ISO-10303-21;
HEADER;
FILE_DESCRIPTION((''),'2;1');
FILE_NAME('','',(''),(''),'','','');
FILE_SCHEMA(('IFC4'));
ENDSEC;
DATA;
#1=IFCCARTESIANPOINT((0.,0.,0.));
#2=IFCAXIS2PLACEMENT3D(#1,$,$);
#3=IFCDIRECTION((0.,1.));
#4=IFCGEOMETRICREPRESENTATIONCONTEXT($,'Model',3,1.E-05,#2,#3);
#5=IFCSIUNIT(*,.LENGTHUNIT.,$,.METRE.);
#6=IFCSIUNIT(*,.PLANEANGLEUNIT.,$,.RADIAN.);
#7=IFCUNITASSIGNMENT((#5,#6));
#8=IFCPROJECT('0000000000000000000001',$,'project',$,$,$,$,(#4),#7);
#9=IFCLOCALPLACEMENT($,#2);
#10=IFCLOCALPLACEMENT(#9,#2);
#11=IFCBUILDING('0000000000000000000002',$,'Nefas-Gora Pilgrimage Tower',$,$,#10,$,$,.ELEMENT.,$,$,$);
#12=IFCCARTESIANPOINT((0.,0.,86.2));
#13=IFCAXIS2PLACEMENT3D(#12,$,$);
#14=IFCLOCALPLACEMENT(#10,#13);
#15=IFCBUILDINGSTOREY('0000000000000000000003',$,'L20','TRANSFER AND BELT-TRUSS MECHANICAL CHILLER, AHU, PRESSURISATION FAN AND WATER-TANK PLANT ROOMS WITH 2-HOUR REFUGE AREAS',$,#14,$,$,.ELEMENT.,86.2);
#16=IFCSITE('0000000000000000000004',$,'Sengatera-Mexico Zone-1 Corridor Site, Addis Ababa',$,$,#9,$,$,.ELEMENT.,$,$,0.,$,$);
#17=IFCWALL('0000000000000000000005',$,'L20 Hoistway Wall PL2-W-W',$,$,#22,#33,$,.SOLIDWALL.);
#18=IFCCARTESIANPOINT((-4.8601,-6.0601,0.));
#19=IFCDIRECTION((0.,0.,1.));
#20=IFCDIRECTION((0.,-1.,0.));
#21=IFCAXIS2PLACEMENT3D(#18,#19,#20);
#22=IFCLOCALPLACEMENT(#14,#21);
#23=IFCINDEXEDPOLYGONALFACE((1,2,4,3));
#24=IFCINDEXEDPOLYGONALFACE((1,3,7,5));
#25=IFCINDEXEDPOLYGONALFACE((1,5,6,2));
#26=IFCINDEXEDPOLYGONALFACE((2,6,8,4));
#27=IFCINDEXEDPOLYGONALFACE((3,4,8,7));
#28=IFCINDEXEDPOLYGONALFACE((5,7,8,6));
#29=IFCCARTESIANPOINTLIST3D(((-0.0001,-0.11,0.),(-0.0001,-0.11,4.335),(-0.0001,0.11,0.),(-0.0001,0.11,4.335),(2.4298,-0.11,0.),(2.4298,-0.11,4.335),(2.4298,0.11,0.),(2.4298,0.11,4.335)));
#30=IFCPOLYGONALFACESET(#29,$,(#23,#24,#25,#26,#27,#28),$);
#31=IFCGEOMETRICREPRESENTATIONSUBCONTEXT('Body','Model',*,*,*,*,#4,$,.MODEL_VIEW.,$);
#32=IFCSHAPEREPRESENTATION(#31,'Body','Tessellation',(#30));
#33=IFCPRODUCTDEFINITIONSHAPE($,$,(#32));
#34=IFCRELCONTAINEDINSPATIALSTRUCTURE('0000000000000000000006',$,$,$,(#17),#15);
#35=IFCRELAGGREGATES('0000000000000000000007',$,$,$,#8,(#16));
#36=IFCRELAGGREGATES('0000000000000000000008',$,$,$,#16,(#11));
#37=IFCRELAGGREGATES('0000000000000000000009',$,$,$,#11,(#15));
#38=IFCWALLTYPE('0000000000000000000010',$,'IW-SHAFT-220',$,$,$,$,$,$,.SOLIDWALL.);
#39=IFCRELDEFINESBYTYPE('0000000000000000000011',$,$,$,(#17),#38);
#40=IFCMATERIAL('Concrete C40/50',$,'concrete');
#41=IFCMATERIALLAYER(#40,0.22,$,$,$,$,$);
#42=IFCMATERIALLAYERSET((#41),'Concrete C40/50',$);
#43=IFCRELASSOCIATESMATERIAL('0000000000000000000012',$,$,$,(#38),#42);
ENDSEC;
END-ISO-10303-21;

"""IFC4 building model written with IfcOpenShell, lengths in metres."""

from ifc_helpers import new_model, si_unit, direction, frame, frame_2d, origin, place, context, subcontext, project, spatial, rectangle, extrude, source, transform, mapped, material, layer, layer_set, type_object, element, save


model = new_model("IFC4")

# Units and contexts
model_context = context("Model", 3, precision=1e-05, world=origin(), true_north=direction((0.0, 1.0)))
body_context = subcontext(model_context, "Body", "Model", "MODEL_VIEW")
ifc_project = project(units=[si_unit("LENGTHUNIT", "METRE"), si_unit("PLANEANGLEUNIT", "RADIAN")], contexts=[model_context])

# Site, building, storey
site_placement = place(None, origin())
site = spatial("IfcSite", under=ifc_project, at=site_placement, Name="Sengatera-Mexico Zone-1 Corridor Site, Addis Ababa", CompositionType="ELEMENT", RefElevation=0.0)
building_placement = place(site_placement, origin())
building = spatial("IfcBuilding", under=site, at=building_placement, Name="Nefas-Gora Pilgrimage Tower", CompositionType="ELEMENT")
storey_placement = place(building_placement, frame((0.0, 0.0, 86.2)))
storey = spatial("IfcBuildingStorey", under=building, at=storey_placement, Name="L20", Description="TRANSFER AND BELT-TRUSS MECHANICAL CHILLER, AHU, PRESSURISATION FAN AND WATER-TANK PLANT ROOMS WITH 2-HOUR REFUGE AREAS", CompositionType="ELEMENT", Elevation=86.2)

# Wall
ifc_material_1 = material(Name="Concrete C40/50", Category="concrete")
ifc_layer_1 = layer(ifc_material_1, 0.22)
ifc_layer_set_1 = layer_set([ifc_layer_1], Name="Concrete C40/50")
wall_type_1 = type_object("IfcWallType", Name="IW-SHAFT-220", PredefinedType="SOLIDWALL", material=ifc_layer_set_1)
shared_shape_1 = source(origin(), body_context, "Body", "SweptSolid", [
    extrude(rectangle(XDim=2.4299, YDim=0.22, at=frame_2d((1.2148, 0.0))), origin(), (0.0, 0.0, 1.0), 4.335),
])
for number, where, z_axis, x_axis, name in (
    (1, (-4.8601, -6.0601, 0.0), (0.0, 0.0, 1.0), (0.0, -1.0, 0.0), "L20 Hoistway Wall PL2-W-W"),
):
    element("IfcWall", number, at=place(storey_placement, frame(where, z_axis=z_axis, x_axis=x_axis)), inside=storey, type_object=wall_type_1, Name=name, PredefinedType="SOLIDWALL", context=body_context, shape_type="MappedRepresentation", body=[
        mapped(shared_shape_1, transform((0.0, 0.0, 0.0), x_axis=(1.0, 0.0, 0.0), y_axis=(0.0, 1.0, 0.0), z_axis=(0.0, 0.0, 1.0), scale=1.0)),
    ])

save(model, "model.ifc")
